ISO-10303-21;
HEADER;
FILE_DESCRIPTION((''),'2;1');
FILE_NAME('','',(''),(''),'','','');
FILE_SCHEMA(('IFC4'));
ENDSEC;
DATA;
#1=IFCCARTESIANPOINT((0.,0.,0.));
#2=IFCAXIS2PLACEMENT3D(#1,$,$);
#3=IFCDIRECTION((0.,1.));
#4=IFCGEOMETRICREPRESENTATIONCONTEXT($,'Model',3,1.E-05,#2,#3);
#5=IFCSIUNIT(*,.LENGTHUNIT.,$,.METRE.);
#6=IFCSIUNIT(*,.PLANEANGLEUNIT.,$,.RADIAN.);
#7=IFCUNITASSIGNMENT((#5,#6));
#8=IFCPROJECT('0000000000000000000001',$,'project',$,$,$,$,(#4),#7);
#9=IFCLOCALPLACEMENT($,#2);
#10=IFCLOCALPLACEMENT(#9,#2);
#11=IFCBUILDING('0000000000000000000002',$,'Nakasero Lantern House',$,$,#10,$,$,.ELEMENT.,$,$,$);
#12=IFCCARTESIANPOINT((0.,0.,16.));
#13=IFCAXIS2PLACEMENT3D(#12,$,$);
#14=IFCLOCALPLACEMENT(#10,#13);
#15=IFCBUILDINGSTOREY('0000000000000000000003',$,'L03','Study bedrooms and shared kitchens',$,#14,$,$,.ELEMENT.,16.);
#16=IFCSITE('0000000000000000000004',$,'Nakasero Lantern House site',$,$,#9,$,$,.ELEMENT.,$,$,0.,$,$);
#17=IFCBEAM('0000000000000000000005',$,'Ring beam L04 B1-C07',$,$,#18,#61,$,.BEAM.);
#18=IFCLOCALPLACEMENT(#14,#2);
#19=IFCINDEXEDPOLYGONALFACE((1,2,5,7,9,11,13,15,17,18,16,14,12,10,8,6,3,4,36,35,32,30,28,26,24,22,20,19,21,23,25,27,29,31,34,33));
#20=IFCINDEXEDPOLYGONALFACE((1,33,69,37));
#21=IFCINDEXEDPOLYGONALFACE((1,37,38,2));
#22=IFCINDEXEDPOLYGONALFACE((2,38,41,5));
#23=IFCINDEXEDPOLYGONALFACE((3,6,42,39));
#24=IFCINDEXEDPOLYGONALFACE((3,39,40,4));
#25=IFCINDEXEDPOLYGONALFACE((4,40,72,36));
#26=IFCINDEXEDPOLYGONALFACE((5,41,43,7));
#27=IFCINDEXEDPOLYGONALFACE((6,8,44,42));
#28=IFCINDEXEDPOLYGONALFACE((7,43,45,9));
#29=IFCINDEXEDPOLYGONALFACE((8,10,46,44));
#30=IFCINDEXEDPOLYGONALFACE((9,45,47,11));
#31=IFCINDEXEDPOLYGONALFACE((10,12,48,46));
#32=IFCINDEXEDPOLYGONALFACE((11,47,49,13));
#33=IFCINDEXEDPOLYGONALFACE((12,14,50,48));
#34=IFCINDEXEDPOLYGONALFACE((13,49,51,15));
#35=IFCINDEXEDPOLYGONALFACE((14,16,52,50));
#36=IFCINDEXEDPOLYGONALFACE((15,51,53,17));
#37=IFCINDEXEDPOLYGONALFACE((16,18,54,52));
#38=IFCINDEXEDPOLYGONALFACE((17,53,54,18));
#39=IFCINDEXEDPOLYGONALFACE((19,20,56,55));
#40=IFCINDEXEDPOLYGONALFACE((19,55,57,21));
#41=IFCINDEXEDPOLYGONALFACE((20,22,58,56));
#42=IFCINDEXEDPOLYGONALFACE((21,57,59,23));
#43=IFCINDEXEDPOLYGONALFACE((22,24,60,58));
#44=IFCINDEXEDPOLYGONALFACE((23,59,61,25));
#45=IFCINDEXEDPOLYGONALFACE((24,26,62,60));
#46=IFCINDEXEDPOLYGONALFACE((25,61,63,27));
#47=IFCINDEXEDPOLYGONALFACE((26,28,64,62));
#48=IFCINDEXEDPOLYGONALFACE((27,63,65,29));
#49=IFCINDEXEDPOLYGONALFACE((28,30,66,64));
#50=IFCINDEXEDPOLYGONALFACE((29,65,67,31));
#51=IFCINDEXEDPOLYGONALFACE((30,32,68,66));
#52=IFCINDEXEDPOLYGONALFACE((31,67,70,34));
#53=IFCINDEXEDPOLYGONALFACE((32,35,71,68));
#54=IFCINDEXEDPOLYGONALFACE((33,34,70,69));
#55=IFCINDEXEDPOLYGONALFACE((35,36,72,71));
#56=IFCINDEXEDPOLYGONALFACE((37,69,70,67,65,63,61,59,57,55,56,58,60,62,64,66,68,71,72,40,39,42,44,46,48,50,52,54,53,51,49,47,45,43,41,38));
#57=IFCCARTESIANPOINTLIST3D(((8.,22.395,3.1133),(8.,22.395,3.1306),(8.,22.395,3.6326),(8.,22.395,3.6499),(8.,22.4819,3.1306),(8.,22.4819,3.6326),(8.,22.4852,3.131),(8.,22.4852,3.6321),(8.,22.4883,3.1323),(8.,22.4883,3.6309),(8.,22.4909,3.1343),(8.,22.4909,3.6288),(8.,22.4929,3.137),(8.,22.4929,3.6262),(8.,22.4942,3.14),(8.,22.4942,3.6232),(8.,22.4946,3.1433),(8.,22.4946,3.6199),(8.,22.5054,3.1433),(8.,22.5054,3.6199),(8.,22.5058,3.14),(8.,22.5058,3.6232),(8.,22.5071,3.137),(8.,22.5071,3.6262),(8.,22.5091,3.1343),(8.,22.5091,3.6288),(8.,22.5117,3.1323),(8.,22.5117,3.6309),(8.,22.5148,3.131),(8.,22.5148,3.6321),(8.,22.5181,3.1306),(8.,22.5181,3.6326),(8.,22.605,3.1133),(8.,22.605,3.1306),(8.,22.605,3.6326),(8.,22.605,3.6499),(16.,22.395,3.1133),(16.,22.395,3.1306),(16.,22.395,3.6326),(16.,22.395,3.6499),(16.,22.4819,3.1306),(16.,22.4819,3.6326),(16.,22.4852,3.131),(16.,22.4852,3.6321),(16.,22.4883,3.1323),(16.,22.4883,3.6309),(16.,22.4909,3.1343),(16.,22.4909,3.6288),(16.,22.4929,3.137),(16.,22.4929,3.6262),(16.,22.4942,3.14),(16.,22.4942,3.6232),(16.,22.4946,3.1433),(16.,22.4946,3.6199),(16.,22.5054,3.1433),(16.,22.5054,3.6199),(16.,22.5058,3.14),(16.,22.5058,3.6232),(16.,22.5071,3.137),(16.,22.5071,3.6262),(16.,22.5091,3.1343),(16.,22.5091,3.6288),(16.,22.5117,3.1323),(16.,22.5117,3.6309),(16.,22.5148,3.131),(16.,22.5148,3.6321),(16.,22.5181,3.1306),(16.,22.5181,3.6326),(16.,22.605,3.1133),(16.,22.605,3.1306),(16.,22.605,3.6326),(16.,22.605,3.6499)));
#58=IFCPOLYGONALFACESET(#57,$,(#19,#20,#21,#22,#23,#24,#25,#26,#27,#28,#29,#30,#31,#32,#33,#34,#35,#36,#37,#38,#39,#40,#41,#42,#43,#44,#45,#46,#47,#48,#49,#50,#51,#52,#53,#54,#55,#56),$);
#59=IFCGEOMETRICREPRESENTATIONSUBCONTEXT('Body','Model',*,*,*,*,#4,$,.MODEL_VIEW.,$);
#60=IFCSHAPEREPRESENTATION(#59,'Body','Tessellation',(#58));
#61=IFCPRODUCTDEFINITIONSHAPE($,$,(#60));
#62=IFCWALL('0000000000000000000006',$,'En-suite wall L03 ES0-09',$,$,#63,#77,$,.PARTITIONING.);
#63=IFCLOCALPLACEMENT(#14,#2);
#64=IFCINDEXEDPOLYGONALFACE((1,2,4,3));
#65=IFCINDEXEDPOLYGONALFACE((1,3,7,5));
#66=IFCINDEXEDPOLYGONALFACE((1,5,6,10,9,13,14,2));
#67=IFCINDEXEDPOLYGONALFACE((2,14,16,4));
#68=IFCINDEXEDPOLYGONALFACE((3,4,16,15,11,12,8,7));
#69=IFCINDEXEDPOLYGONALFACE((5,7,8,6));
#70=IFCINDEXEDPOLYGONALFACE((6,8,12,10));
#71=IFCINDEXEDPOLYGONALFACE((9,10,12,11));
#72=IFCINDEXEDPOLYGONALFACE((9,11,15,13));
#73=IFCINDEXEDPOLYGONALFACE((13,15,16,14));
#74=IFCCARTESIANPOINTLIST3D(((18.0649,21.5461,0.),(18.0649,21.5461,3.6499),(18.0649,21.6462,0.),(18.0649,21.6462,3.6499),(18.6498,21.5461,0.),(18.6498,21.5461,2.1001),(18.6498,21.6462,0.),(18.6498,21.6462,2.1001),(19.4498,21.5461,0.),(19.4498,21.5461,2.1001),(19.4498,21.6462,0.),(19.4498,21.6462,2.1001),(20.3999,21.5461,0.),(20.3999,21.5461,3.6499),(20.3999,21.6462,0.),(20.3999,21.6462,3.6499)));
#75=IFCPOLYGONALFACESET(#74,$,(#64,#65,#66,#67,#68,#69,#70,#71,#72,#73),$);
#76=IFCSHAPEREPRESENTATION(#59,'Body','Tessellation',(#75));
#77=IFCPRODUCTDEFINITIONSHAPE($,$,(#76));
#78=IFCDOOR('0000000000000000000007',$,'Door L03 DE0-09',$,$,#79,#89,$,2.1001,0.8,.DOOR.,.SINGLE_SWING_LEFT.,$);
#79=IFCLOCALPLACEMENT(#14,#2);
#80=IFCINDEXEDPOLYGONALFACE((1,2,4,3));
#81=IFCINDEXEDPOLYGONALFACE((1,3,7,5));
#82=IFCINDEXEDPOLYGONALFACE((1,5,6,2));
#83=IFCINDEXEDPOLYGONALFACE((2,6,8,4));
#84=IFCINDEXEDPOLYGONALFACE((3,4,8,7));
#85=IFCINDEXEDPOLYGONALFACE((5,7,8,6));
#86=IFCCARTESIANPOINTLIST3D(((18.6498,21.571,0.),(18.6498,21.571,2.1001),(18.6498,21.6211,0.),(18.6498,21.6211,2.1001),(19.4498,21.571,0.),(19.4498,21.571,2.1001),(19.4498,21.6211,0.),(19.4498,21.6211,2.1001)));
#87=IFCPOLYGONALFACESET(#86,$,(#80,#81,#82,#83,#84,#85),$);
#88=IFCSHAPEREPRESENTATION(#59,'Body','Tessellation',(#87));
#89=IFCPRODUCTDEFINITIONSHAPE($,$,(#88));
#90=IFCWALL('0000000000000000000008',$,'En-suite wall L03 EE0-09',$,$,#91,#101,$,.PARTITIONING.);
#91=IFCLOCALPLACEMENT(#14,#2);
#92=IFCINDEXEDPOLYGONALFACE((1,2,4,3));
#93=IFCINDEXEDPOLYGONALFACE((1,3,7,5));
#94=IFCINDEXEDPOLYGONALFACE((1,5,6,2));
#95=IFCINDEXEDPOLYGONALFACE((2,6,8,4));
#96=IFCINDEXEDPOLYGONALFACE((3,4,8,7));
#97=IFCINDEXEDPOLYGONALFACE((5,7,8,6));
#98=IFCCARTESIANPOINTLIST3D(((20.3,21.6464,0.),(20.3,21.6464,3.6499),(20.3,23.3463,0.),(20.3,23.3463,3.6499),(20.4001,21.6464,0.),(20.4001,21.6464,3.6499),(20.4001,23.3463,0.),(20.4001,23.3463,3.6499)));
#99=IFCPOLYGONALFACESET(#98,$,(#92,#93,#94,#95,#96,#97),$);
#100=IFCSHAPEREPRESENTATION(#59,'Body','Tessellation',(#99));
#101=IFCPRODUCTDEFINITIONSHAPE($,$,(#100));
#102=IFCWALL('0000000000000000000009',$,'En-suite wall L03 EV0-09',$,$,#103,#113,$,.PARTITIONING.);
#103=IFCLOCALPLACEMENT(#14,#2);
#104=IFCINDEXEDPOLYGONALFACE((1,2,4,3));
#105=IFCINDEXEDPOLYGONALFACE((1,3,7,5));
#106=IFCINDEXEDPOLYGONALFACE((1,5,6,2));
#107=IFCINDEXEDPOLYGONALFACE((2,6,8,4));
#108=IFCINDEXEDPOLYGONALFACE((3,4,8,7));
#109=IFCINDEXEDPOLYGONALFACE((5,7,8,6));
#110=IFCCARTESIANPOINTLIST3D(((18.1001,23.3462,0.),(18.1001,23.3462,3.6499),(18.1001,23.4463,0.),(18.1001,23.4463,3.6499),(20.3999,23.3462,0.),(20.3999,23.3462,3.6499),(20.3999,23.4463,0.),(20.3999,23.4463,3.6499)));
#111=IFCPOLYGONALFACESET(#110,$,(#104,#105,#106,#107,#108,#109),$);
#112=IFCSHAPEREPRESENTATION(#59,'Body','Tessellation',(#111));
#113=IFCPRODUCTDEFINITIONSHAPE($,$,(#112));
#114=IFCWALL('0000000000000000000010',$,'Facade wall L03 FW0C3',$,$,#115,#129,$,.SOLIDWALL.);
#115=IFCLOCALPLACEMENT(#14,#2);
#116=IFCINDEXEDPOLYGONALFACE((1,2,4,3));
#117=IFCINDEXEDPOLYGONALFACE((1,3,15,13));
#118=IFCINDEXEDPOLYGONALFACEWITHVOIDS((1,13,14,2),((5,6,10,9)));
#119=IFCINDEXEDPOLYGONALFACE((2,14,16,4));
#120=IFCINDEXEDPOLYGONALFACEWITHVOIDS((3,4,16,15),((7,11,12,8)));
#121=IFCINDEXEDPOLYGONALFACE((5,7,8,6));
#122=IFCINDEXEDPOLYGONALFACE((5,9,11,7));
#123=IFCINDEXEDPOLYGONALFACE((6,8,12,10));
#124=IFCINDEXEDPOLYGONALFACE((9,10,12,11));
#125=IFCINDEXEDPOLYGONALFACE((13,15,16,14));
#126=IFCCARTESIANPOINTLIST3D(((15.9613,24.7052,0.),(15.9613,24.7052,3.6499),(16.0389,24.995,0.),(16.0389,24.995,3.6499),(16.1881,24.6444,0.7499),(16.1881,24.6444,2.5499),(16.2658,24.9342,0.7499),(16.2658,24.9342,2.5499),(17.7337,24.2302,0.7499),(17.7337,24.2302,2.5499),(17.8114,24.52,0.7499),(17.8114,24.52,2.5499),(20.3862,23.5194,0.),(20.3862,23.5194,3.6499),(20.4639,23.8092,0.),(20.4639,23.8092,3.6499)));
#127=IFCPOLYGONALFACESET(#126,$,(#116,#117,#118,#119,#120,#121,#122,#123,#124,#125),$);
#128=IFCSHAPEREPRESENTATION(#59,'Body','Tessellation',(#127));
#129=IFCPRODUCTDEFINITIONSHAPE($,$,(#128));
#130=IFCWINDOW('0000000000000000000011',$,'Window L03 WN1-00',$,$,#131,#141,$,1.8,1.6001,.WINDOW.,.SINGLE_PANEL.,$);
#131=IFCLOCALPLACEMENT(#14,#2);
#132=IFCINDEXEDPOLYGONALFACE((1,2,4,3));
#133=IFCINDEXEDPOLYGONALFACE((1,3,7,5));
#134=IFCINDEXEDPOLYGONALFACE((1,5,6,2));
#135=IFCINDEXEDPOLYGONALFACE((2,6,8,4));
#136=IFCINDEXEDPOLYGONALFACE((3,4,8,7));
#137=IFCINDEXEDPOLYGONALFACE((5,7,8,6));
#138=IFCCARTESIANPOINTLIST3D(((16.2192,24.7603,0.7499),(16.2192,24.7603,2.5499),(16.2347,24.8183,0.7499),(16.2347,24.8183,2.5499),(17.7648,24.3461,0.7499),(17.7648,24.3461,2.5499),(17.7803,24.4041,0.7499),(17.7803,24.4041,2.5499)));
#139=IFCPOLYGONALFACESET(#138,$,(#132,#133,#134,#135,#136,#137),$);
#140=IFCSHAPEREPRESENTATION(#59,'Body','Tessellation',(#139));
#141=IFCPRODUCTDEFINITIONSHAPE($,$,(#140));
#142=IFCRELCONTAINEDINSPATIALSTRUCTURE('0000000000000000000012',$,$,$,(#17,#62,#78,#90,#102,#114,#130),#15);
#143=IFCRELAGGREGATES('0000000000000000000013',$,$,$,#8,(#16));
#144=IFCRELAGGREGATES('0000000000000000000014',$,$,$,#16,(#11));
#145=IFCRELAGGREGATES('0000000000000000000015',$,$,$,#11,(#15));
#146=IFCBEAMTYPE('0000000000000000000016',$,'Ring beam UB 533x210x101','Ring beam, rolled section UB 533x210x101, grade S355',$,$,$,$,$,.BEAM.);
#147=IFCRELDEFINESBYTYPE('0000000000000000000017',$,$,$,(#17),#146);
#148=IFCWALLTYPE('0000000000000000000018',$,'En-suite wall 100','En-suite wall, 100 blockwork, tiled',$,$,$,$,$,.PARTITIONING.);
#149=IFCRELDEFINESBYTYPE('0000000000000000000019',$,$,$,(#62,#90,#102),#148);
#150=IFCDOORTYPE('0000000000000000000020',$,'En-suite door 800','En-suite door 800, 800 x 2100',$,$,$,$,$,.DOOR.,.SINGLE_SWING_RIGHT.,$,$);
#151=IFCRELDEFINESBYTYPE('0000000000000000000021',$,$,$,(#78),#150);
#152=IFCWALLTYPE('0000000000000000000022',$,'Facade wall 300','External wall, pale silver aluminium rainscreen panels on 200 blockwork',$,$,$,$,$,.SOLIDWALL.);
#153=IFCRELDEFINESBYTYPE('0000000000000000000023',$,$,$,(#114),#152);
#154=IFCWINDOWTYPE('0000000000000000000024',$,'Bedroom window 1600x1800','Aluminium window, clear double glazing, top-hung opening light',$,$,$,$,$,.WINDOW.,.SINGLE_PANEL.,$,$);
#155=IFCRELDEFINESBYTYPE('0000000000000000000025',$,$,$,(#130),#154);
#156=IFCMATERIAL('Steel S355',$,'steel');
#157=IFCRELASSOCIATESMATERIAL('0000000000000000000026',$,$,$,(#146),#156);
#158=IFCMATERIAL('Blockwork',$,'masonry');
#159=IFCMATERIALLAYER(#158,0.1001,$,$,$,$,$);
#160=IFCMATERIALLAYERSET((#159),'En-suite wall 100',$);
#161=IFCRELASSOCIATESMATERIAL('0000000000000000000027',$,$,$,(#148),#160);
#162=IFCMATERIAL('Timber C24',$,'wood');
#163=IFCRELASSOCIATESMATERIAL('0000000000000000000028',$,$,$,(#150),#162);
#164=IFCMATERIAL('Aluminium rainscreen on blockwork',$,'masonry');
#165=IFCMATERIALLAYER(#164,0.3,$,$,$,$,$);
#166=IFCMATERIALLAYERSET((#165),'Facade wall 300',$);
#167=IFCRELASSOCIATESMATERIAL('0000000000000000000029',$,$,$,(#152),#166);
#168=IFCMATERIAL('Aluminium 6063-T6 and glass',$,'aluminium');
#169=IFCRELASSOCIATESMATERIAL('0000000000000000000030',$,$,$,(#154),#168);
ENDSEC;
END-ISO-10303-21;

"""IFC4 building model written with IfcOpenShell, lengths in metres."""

from ifc_helpers import new_model, si_unit, direction, frame, frame_2d, origin, origin_2d, place, context, subcontext, project, spatial, rectangle, i_section, extrude, material, layer, layer_set, material_profile, profile_set, type_object, element, fill, save


model = new_model("IFC4")

# Units and contexts
model_context = context("Model", 3, precision=1e-05, world=origin(), true_north=direction((0.0, 1.0)))
body_context = subcontext(model_context, "Body", "Model", "MODEL_VIEW")
ifc_project = project(units=[si_unit("LENGTHUNIT", "METRE"), si_unit("PLANEANGLEUNIT", "RADIAN")], contexts=[model_context])

# Site, building, storey
site_placement = place(None, origin())
site = spatial("IfcSite", under=ifc_project, at=site_placement, Name="Nakasero Lantern House site", CompositionType="ELEMENT", RefElevation=0.0)
building_placement = place(site_placement, origin())
building = spatial("IfcBuilding", under=site, at=building_placement, Name="Nakasero Lantern House", CompositionType="ELEMENT")
storey_placement = place(building_placement, frame((0.0, 0.0, 16.0)))
storey = spatial("IfcBuildingStorey", under=building, at=storey_placement, Name="L03", Description="Study bedrooms and shared kitchens", CompositionType="ELEMENT", Elevation=16.0)

# Beam
ifc_material_1 = material(Name="Steel S355", Category="steel")
ifc_material_profile_1 = material_profile(ifc_material_1, i_section(OverallWidth=0.21, OverallDepth=0.5366, WebThickness=0.0107, FlangeThickness=0.0173, FilletRadius=0.0127, at=origin_2d()), Name="UB 533x210x101")
ifc_profile_set_1 = profile_set([ifc_material_profile_1], Name="Steel S355")
beam_type_1 = type_object("IfcBeamType", Name="Ring beam UB 533x210x101", Description="Ring beam, rolled section UB 533x210x101, grade S355", PredefinedType="BEAM", material=ifc_profile_set_1)
beam_1_placement = place(storey_placement, frame((16.0, 22.5, 3.3816), z_axis=(-1.0, 0.0, 0.0), x_axis=(0.0, -1.0, 0.0)))
element("IfcBeam", 1, at=beam_1_placement, inside=storey, type_object=beam_type_1, Name="Ring beam L04 B1-C07", PredefinedType="BEAM", context=body_context, shape_type="SweptSolid", body=[
    extrude(i_section(OverallWidth=0.21, OverallDepth=0.5366, WebThickness=0.0107, FlangeThickness=0.0173, FilletRadius=0.0127, at=origin_2d()), origin(), (0.0, 0.0, 1.0), 8.0),
])

# Wall, opening, door
ifc_material_2 = material(Name="Blockwork", Category="masonry")
ifc_layer_1 = layer(ifc_material_2, 0.1001)
ifc_layer_set_1 = layer_set([ifc_layer_1], Name="En-suite wall 100")
wall_type_1 = type_object("IfcWallType", Name="En-suite wall 100", Description="En-suite wall, 100 blockwork, tiled", PredefinedType="PARTITIONING", material=ifc_layer_set_1)
wall_1_placement = place(storey_placement, frame((18.0649, 21.5962, 0.0), z_axis=(0.0, 0.0, 1.0), x_axis=(1.0, 0.0, 0.0)))
wall_1 = element("IfcWall", 2, at=wall_1_placement, inside=storey, type_object=wall_type_1, Name="En-suite wall L03 ES0-09", PredefinedType="PARTITIONING", context=body_context, shape_type="SweptSolid", body=[
    extrude(rectangle(XDim=2.335, YDim=0.1001, at=frame_2d((1.1675, 0.0))), origin(), (0.0, 0.0, 1.0), 3.6499),
])
opening_1_placement = place(wall_1_placement, frame((0.585, 0.0, 0.0)))
opening_1 = element("IfcOpeningElement", 3, at=opening_1_placement, cuts=wall_1, PredefinedType="OPENING", context=body_context, shape_type="SweptSolid", body=[
    extrude(rectangle(XDim=0.8, YDim=2.1001, at=frame_2d((0.3999, 1.05))), frame((0.0, 0.0701, 0.0), z_axis=(0.0, -1.0, 0.0), x_axis=(1.0, 0.0, 0.0)), (0.0, 0.0, 1.0), 0.1401),
])
ifc_material_3 = material(Name="Timber C24", Category="wood")
door_type = type_object("IfcDoorType", Name="En-suite door 800", Description="En-suite door 800, 800 x 2100", OperationType="SINGLE_SWING_RIGHT", PredefinedType="DOOR", material=ifc_material_3)
door_placement = place(opening_1_placement, origin())
door = element("IfcDoor", 4, at=door_placement, inside=storey, type_object=door_type, Name="Door L03 DE0-09", OperationType="SINGLE_SWING_LEFT", OverallHeight=2.1001, OverallWidth=0.8, PredefinedType="DOOR", context=body_context, shape_type="SweptSolid", body=[
    extrude(rectangle(XDim=0.8, YDim=2.1001, at=frame_2d((0.3999, 1.05))), frame((0.0, 0.0249, 0.0), z_axis=(0.0, -1.0, 0.0), x_axis=(1.0, 0.0, 0.0)), (0.0, 0.0, 1.0), 0.05),
])
fill(opening_1, door)

# Walls
wall_2_placement = place(storey_placement, frame((20.3501, 21.6462, 0.0), z_axis=(0.0, 0.0, 1.0), x_axis=(0.0, 1.0, 0.0)))
element("IfcWall", 5, at=wall_2_placement, inside=storey, type_object=wall_type_1, Name="En-suite wall L03 EE0-09", PredefinedType="PARTITIONING", context=body_context, shape_type="SweptSolid", body=[
    extrude(rectangle(XDim=1.7, YDim=0.1001, at=frame_2d((0.8501, 0.0))), origin(), (0.0, 0.0, 1.0), 3.6499),
])
wall_3_placement = place(storey_placement, frame((18.1001, 23.3962, 0.0), z_axis=(0.0, 0.0, 1.0), x_axis=(1.0, 0.0, 0.0)))
element("IfcWall", 6, at=wall_3_placement, inside=storey, type_object=wall_type_1, Name="En-suite wall L03 EV0-09", PredefinedType="PARTITIONING", context=body_context, shape_type="SweptSolid", body=[
    extrude(rectangle(XDim=2.2998, YDim=0.1001, at=frame_2d((1.1499, 0.0))), origin(), (0.0, 0.0, 1.0), 3.6499),
])

# Wall, opening, window
ifc_material_4 = material(Name="Aluminium rainscreen on blockwork", Category="masonry")
ifc_layer_2 = layer(ifc_material_4, 0.3)
ifc_layer_set_2 = layer_set([ifc_layer_2], Name="Facade wall 300")
wall_type_2 = type_object("IfcWallType", Name="Facade wall 300", Description="External wall, pale silver aluminium rainscreen panels on 200 blockwork", PredefinedType="SOLIDWALL", material=ifc_layer_set_2)
wall_4_placement = place(storey_placement, frame((20.425, 23.6643, 0.0), z_axis=(0.0, 0.0, 1.0), x_axis=(-0.96592, 0.25884, 0.0)))
wall_4 = element("IfcWall", 7, at=wall_4_placement, inside=storey, type_object=wall_type_2, Name="Facade wall L03 FW0C3", PredefinedType="SOLIDWALL", context=body_context, shape_type="SweptSolid", body=[
    extrude(rectangle(XDim=4.5811, YDim=0.3, at=frame_2d((2.2905, 0.0))), origin(), (0.0, 0.0, 1.0), 3.6499),
])
opening_2_placement = place(wall_4_placement, frame((2.7461, 0.0, 0.75)))
opening_2 = element("IfcOpeningElement", 8, at=opening_2_placement, cuts=wall_4, PredefinedType="OPENING", context=body_context, shape_type="SweptSolid", body=[
    extrude(rectangle(XDim=1.6001, YDim=1.8, at=frame_2d((0.8, 0.8999))), frame((0.0, 0.1699, 0.0), z_axis=(0.0, -1.0, 0.0), x_axis=(1.0, 0.0, 0.0)), (0.0, 0.0, 1.0), 0.3401),
])
ifc_material_5 = material(Name="Aluminium 6063-T6 and glass", Category="aluminium")
window_type_1 = type_object("IfcWindowType", Name="Bedroom window 1600x1800", Description="Aluminium window, clear double glazing, top-hung opening light", PartitioningType="SINGLE_PANEL", PredefinedType="WINDOW", material=ifc_material_5)
window_1_placement = place(opening_2_placement, origin())
window_1 = element("IfcWindow", 9, at=window_1_placement, inside=storey, type_object=window_type_1, Name="Window L03 WN1-00", OverallHeight=1.8, OverallWidth=1.6001, PartitioningType="SINGLE_PANEL", PredefinedType="WINDOW", context=body_context, shape_type="SweptSolid", body=[
    extrude(rectangle(XDim=1.6001, YDim=1.8, at=frame_2d((0.8, 0.8999))), frame((0.0, 0.03, 0.0), z_axis=(0.0, -1.0, 0.0), x_axis=(1.0, 0.0, 0.0)), (0.0, 0.0, 1.0), 0.0601),
])
fill(opening_2, window_1)

save(model, "model.ifc")
